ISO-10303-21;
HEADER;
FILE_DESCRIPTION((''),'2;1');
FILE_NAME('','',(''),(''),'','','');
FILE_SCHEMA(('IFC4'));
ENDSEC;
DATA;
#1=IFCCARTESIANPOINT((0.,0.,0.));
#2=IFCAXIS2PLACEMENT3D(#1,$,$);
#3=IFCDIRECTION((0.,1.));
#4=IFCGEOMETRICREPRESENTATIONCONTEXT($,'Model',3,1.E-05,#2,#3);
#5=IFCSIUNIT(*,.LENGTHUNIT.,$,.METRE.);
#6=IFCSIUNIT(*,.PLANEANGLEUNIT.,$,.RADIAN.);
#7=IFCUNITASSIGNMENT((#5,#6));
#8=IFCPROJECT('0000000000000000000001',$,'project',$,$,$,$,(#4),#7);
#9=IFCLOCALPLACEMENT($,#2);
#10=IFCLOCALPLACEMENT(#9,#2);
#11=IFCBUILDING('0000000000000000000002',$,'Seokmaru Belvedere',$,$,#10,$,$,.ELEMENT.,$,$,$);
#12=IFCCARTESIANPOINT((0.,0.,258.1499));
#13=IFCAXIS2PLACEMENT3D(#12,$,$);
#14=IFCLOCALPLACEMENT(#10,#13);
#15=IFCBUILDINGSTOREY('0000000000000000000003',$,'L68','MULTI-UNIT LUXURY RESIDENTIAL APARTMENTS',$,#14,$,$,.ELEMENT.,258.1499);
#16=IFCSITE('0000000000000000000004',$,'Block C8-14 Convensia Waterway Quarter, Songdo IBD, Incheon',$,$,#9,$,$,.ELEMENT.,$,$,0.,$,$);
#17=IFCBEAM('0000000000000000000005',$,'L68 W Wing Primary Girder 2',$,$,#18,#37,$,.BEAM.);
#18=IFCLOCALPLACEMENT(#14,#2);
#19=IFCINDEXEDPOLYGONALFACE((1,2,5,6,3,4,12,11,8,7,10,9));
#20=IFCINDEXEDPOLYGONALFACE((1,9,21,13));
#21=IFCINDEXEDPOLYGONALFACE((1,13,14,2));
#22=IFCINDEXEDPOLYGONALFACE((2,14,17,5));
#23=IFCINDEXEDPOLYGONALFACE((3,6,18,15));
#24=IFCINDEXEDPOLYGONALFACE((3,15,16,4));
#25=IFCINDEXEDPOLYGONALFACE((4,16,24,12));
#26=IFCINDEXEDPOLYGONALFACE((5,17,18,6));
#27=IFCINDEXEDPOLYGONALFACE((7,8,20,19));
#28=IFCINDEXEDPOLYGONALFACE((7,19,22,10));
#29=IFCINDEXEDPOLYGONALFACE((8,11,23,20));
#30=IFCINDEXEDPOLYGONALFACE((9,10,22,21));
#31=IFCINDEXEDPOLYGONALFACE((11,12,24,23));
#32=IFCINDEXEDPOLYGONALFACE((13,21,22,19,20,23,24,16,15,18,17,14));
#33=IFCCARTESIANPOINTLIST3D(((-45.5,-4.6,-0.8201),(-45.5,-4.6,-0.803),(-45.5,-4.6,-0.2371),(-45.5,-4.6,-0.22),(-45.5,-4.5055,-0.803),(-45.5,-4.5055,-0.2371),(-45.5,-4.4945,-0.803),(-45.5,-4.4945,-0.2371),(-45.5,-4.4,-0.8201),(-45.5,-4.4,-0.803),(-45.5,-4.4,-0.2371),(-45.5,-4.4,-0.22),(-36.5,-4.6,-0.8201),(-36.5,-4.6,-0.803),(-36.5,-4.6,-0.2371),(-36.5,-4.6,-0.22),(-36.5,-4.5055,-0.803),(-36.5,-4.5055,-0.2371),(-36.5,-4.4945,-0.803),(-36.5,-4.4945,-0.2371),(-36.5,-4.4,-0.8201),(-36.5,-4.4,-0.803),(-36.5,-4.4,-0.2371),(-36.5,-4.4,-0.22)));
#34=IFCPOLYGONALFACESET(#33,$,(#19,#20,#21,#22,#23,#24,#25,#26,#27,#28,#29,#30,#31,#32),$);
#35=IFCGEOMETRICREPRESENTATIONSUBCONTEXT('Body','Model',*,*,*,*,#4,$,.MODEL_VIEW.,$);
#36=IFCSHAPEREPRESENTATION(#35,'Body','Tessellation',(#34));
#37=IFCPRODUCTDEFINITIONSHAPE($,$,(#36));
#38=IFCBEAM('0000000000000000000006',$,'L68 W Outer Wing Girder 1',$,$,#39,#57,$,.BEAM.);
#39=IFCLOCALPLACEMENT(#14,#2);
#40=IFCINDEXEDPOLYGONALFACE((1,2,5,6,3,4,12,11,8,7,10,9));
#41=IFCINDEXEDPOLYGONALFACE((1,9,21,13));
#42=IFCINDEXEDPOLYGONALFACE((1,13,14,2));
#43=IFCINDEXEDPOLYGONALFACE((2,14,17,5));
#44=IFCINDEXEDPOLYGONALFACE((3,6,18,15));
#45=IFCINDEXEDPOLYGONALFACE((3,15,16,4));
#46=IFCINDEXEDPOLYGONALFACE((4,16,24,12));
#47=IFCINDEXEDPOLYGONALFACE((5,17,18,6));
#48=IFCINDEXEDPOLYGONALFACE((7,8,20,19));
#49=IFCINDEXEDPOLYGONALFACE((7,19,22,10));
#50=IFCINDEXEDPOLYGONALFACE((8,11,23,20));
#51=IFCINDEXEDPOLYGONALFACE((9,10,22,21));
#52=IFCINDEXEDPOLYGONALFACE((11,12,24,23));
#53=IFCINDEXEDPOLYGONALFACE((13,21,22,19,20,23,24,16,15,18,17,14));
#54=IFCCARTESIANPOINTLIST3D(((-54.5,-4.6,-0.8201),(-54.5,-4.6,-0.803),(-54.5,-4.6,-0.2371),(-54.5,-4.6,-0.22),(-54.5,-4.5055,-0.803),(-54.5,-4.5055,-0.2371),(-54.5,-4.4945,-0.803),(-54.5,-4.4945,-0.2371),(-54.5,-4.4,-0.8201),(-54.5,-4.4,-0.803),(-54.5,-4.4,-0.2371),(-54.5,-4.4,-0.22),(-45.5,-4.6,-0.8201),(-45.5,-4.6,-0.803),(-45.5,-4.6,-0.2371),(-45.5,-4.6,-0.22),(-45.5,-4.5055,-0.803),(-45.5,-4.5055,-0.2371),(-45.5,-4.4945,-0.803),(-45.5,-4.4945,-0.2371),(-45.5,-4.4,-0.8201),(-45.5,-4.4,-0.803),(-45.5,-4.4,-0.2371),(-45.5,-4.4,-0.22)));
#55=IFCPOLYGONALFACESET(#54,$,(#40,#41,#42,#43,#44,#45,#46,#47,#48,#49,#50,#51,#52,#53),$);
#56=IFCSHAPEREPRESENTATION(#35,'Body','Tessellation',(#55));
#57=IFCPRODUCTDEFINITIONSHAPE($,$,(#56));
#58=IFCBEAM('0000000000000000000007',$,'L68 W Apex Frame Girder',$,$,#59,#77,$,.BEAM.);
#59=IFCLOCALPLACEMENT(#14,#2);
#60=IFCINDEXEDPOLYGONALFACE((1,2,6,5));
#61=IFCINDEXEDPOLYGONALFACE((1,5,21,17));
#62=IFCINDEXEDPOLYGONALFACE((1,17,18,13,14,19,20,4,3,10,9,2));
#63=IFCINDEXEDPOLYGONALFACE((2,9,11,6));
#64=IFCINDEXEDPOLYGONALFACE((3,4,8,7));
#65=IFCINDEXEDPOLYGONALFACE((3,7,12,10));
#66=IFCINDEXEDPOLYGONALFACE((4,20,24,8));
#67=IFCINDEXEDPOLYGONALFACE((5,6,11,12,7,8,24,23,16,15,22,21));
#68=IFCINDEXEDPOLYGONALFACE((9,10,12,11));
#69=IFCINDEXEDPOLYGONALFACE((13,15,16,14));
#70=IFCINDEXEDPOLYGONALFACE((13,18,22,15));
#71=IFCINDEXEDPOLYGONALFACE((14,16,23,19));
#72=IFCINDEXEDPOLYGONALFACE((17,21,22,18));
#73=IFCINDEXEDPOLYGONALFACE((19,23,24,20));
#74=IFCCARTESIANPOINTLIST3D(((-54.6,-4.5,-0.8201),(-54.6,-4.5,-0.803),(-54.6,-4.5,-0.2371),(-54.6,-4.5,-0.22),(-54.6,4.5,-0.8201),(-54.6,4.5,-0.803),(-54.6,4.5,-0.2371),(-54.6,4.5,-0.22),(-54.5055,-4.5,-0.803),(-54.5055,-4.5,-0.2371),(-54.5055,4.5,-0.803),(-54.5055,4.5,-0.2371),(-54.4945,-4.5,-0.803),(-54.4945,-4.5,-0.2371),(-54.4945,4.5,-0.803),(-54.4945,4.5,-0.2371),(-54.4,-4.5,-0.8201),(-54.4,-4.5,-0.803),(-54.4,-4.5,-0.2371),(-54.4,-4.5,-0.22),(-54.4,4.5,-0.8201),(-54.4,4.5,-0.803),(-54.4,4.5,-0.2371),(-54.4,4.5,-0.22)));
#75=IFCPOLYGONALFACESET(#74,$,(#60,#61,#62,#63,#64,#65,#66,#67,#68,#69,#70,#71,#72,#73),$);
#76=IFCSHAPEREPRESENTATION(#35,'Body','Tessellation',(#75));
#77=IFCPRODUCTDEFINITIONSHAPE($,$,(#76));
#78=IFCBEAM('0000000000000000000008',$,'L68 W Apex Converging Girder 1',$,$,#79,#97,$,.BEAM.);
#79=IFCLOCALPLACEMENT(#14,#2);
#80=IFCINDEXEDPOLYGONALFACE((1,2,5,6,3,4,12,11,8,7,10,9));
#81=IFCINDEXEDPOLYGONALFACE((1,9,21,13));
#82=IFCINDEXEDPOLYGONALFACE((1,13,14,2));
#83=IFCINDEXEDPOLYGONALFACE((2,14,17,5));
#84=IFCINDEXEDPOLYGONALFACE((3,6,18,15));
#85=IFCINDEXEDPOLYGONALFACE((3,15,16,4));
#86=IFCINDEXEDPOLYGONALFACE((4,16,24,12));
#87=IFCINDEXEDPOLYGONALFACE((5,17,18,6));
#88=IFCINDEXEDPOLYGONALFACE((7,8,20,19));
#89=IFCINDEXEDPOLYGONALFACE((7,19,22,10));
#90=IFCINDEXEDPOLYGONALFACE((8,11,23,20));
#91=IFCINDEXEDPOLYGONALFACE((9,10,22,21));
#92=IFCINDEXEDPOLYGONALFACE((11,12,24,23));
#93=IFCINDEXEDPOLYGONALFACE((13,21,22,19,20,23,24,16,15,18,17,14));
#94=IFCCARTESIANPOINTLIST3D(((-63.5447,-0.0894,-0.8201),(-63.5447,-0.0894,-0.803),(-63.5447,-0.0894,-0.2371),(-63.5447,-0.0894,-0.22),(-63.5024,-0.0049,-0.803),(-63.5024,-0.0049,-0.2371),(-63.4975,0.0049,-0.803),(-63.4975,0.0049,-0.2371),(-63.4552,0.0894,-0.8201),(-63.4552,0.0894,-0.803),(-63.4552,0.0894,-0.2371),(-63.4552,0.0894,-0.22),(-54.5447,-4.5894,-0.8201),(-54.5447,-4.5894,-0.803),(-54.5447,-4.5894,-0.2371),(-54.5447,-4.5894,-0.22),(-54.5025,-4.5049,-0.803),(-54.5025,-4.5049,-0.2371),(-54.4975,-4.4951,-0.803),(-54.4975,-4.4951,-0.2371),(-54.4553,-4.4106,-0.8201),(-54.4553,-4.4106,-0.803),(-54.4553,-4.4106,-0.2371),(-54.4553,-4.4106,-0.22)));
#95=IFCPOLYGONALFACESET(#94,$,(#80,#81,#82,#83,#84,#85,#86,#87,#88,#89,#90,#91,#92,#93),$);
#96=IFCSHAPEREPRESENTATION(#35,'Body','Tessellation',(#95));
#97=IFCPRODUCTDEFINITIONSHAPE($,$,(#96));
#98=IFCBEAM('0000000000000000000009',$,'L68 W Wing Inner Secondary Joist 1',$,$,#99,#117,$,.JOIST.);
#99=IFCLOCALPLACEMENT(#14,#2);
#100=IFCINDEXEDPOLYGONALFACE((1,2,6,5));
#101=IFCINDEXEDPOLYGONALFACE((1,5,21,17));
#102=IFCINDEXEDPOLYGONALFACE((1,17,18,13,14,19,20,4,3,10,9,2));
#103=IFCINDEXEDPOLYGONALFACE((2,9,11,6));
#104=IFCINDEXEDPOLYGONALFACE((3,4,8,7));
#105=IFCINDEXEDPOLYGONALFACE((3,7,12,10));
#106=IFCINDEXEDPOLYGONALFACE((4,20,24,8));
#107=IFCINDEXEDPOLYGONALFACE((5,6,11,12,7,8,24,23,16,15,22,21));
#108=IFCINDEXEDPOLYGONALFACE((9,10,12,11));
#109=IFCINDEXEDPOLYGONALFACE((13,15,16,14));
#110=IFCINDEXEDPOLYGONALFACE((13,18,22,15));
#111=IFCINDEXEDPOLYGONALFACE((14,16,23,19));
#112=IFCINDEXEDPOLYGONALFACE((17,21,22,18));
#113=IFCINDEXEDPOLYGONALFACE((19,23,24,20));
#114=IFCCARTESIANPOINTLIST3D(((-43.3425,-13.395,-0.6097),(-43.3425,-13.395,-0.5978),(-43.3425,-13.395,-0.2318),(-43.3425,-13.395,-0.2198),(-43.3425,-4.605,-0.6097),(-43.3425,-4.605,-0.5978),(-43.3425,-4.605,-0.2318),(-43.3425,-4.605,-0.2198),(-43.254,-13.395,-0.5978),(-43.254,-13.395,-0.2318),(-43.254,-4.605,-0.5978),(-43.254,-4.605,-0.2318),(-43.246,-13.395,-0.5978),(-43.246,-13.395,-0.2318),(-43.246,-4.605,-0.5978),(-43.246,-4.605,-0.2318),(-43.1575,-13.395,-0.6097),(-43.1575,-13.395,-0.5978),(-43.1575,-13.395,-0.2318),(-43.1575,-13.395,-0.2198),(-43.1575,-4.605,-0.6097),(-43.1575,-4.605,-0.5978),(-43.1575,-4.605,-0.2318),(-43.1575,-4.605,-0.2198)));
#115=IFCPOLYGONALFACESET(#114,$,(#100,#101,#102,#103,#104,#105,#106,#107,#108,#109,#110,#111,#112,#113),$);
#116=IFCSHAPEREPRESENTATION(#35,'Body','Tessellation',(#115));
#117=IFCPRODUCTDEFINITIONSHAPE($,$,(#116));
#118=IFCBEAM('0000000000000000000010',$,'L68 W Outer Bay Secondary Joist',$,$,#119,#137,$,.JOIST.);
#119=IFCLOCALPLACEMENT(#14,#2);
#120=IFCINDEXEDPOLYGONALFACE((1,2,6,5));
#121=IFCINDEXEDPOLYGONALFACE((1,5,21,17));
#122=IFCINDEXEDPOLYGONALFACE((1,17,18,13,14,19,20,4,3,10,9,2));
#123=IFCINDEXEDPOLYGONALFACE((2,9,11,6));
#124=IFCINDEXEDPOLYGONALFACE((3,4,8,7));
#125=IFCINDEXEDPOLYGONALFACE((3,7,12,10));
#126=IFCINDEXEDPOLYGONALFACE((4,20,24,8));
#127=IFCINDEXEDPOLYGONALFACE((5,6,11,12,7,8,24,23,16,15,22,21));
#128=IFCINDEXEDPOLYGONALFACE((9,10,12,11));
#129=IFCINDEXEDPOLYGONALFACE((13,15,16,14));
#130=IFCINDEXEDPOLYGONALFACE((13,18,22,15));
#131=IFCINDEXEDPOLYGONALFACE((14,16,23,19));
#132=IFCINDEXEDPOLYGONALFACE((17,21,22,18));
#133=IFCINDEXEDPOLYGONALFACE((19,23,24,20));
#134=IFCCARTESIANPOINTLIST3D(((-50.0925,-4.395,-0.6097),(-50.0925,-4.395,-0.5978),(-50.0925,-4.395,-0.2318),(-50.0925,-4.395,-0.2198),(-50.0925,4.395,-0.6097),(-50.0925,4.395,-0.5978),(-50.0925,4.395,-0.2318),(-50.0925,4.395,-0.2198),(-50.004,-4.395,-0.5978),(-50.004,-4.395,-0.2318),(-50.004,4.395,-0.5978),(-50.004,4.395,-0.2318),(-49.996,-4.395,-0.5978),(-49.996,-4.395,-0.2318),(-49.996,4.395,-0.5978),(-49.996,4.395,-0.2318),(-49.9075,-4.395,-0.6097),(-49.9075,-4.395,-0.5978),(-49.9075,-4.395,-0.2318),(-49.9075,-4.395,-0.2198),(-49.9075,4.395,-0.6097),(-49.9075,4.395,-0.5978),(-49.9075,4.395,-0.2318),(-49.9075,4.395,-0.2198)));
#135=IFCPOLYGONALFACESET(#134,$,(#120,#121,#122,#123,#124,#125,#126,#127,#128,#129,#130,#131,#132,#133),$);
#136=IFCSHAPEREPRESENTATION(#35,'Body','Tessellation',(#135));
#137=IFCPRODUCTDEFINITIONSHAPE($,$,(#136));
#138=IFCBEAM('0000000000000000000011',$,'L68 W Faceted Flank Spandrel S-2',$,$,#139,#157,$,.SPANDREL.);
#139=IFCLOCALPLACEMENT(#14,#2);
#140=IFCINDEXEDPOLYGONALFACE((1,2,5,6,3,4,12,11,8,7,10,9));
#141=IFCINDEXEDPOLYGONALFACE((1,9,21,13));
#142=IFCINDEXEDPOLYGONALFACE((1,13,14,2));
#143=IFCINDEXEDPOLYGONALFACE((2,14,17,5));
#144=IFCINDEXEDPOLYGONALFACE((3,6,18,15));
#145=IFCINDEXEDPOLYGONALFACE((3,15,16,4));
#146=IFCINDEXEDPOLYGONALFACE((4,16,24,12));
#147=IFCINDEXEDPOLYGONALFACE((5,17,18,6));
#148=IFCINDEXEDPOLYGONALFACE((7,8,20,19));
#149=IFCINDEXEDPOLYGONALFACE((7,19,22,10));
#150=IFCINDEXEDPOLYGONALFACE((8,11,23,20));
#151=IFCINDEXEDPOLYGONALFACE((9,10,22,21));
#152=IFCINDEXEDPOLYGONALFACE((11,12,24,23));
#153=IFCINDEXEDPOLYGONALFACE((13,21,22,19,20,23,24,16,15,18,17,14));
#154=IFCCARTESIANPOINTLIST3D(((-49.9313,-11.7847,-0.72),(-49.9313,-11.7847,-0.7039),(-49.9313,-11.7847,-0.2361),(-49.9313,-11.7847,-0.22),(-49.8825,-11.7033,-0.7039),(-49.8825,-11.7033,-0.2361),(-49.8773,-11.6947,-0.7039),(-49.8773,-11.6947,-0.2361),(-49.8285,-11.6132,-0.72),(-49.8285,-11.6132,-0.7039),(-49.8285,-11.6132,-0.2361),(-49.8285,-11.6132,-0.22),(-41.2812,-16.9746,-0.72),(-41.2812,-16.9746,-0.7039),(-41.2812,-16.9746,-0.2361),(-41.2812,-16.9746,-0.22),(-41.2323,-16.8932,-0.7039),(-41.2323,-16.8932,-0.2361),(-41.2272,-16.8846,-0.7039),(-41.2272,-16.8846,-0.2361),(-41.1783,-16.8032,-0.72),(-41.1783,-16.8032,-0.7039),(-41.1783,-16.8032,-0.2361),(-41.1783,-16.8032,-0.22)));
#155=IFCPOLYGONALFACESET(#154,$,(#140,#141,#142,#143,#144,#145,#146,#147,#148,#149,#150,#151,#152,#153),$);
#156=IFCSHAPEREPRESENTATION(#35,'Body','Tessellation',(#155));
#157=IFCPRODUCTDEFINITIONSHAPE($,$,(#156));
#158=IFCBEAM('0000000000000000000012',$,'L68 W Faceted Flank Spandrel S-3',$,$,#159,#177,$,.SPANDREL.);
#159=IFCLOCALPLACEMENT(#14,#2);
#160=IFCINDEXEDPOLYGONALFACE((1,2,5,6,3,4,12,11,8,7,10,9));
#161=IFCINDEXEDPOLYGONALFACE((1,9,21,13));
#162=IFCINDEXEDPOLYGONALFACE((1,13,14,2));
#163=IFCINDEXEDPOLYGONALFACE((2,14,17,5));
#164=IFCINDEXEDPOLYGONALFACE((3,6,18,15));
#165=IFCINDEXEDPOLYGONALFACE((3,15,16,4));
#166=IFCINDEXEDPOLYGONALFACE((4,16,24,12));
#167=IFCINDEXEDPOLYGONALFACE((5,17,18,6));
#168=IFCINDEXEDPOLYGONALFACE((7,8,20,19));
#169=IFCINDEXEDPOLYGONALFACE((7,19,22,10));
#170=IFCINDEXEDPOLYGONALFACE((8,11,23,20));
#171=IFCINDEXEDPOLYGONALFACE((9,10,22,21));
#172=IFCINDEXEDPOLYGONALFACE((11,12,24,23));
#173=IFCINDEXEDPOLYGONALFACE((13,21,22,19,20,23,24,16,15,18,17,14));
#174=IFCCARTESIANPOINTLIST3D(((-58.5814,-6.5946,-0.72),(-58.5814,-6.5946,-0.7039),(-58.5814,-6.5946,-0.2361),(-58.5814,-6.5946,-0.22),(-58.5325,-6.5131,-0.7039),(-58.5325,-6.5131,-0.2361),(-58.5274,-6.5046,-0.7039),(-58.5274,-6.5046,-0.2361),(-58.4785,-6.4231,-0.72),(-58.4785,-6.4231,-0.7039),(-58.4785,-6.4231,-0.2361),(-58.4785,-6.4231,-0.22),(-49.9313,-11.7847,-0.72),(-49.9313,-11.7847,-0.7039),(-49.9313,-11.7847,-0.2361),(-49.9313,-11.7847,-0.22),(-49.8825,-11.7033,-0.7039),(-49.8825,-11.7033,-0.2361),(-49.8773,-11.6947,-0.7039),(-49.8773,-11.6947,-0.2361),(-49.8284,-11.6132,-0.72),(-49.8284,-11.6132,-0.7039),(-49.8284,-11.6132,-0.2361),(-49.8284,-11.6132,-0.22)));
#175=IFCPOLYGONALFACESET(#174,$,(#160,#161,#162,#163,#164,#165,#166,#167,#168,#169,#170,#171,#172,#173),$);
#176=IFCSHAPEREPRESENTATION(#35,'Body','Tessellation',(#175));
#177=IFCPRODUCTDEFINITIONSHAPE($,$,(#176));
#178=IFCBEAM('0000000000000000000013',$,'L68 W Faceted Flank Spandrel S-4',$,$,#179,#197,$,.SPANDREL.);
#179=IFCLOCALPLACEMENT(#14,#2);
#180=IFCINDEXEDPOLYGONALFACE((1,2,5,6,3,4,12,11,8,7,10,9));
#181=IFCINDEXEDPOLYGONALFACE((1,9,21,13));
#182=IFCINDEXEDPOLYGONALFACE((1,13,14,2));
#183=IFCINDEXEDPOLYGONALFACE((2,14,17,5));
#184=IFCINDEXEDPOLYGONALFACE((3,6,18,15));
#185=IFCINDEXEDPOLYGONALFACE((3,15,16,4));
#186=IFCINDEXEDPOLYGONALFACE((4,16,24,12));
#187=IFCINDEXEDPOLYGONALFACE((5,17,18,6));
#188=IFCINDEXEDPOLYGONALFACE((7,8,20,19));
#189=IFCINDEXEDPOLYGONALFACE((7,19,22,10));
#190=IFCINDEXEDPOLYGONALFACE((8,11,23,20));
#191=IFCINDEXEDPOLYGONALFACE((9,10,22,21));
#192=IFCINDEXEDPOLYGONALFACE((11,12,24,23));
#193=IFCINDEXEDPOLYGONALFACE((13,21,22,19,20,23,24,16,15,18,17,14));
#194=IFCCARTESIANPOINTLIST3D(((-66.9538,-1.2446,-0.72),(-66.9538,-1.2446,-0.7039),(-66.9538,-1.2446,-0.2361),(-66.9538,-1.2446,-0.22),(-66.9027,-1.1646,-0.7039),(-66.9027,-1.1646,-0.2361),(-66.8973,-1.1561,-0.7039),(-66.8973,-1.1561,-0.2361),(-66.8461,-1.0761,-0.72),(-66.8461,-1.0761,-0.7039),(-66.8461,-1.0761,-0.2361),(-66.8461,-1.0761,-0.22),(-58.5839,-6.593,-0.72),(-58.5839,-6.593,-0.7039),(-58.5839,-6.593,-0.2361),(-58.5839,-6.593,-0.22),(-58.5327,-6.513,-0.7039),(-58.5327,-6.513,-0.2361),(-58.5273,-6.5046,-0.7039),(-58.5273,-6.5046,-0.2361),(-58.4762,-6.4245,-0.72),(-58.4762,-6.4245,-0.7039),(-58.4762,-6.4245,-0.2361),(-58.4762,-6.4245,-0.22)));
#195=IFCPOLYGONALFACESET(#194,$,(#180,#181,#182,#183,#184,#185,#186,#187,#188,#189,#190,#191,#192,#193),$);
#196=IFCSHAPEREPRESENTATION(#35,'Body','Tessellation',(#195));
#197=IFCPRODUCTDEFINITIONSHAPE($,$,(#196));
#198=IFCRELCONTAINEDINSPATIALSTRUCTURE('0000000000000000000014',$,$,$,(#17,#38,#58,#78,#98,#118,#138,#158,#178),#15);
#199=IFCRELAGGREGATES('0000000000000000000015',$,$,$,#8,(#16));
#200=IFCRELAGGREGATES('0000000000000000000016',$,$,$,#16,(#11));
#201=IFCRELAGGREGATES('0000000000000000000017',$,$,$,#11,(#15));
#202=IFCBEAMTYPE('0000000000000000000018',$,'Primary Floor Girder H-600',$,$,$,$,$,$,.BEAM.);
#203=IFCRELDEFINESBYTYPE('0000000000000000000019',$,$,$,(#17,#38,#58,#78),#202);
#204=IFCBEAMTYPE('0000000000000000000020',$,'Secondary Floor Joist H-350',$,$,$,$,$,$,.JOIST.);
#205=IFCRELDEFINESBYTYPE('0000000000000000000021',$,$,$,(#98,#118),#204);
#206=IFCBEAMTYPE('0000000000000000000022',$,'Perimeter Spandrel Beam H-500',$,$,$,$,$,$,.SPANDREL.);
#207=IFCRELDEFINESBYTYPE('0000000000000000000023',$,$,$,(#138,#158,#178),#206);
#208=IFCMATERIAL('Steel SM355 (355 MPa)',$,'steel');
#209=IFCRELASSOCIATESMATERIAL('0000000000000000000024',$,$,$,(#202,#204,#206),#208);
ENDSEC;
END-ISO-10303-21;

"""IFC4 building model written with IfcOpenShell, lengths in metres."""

from ifc_helpers import new_model, si_unit, direction, frame, origin, origin_2d, place, context, subcontext, project, spatial, i_section, extrude, source, transform, mapped, material, material_profile, profile_set, type_object, type_shapes, element, save


model = new_model("IFC4")

# Units and contexts
model_context = context("Model", 3, precision=1e-05, world=origin(), true_north=direction((0.0, 1.0)))
body_context = subcontext(model_context, "Body", "Model", "MODEL_VIEW")
ifc_project = project(units=[si_unit("LENGTHUNIT", "METRE"), si_unit("PLANEANGLEUNIT", "RADIAN")], contexts=[model_context])

# Site, building, storey
site_placement = place(None, origin())
site = spatial("IfcSite", under=ifc_project, at=site_placement, Name="Block C8-14 Convensia Waterway Quarter, Songdo IBD, Incheon", CompositionType="ELEMENT", RefElevation=0.0)
building_placement = place(site_placement, origin())
building = spatial("IfcBuilding", under=site, at=building_placement, Name="Seokmaru Belvedere", CompositionType="ELEMENT")
storey_placement = place(building_placement, frame((0.0, 0.0, 258.1499)))
storey = spatial("IfcBuildingStorey", under=building, at=storey_placement, Name="L68", Description="MULTI-UNIT LUXURY RESIDENTIAL APARTMENTS", CompositionType="ELEMENT", Elevation=258.1499)

# Shared definitions
ifc_material_1 = material(Name="Steel SM355 (355 MPa)", Category="steel")

# Beams
ifc_material_profile_1 = material_profile(ifc_material_1, i_section(OverallWidth=0.2, OverallDepth=0.6001, WebThickness=0.011, FlangeThickness=0.0171, at=origin_2d()), Name="H-600x200x11x17")
ifc_profile_set_1 = profile_set([ifc_material_profile_1], Name="Steel SM355 (355 MPa)")
beam_type_1 = type_object("IfcBeamType", Name="Primary Floor Girder H-600", PredefinedType="BEAM", material=ifc_profile_set_1)
shared_shape_1 = source(origin(), body_context, "Body", "SweptSolid", [
    extrude(i_section(OverallWidth=0.2, OverallDepth=0.6001, WebThickness=0.011, FlangeThickness=0.0171, at=origin_2d()), origin(), (0.0, 0.0, 1.0), 9.0),
])
for number, where, z_axis, x_axis, name in (
    (1, (-45.5, -4.5, -0.52), (1.0, 0.0, 0.0), (0.0, 1.0, 0.0), "L68 W Wing Primary Girder 2"),
    (2, (-54.5, -4.5, -0.52), (1.0, 0.0, 0.0), (0.0, 1.0, 0.0), "L68 W Outer Wing Girder 1"),
    (3, (-54.5, -4.5, -0.52), (0.0, 1.0, 0.0), (-1.0, 0.0, 0.0), "L68 W Apex Frame Girder"),
):
    element("IfcBeam", number, at=place(storey_placement, frame(where, z_axis=z_axis, x_axis=x_axis)), inside=storey, type_object=beam_type_1, Name=name, PredefinedType="BEAM", context=body_context, shape_type="MappedRepresentation", body=[
        mapped(shared_shape_1, transform((0.0, 0.0, 0.0), scale=1.0)),
    ])
shared_shape_2 = source(origin(), body_context, "Body", "SweptSolid", [
    extrude(i_section(OverallWidth=0.2, OverallDepth=0.6001, WebThickness=0.011, FlangeThickness=0.0171, at=origin_2d()), origin(), (0.0, 0.0, 1.0), 10.0623),
])
beam_1_placement = place(storey_placement, frame((-54.5, -4.5, -0.52), z_axis=(-0.894427, 0.447214, 0.0), x_axis=(-0.447214, -0.894427, 0.0)))
element("IfcBeam", 4, at=beam_1_placement, inside=storey, type_object=beam_type_1, Name="L68 W Apex Converging Girder 1", PredefinedType="BEAM", context=body_context, shape_type="MappedRepresentation", body=[
    mapped(shared_shape_2, transform((0.0, 0.0, 0.0), scale=1.0)),
])
ifc_material_profile_2 = material_profile(ifc_material_1, i_section(OverallWidth=0.1851, OverallDepth=0.3899, WebThickness=0.0081, FlangeThickness=0.012, at=origin_2d()), Name="H-390x185x8x12")
ifc_profile_set_2 = profile_set([ifc_material_profile_2], Name="Steel SM355 (355 MPa)")
beam_type_2 = type_object("IfcBeamType", Name="Secondary Floor Joist H-350", PredefinedType="JOIST", material=ifc_profile_set_2)
shared_shape_3 = source(origin(), body_context, "Body", "SweptSolid", [
    extrude(i_section(OverallWidth=0.1851, OverallDepth=0.3899, WebThickness=0.0081, FlangeThickness=0.012, at=origin_2d()), origin(), (0.0, 0.0, 1.0), 8.79),
])
type_shapes(beam_type_2, [shared_shape_3])
for number, where, z_axis, x_axis, name in (
    (5, (-43.25, -13.395, -0.4148), (0.0, 1.0, 0.0), (-1.0, 0.0, 0.0), "L68 W Wing Inner Secondary Joist 1"),
    (6, (-50.0, -4.395, -0.4148), (0.0, 1.0, 0.0), (-1.0, 0.0, 0.0), "L68 W Outer Bay Secondary Joist"),
):
    element("IfcBeam", number, at=place(storey_placement, frame(where, z_axis=z_axis, x_axis=x_axis)), inside=storey, type_object=beam_type_2, Name=name, PredefinedType="JOIST", context=body_context, shape_type="MappedRepresentation", body=[
        mapped(shared_shape_3, transform((0.0, 0.0, 0.0), scale=1.0)),
    ])
ifc_material_profile_3 = material_profile(ifc_material_1, i_section(OverallWidth=0.2, OverallDepth=0.5, WebThickness=0.01, FlangeThickness=0.0161, at=origin_2d()), Name="H-500x200x10x16")
ifc_profile_set_3 = profile_set([ifc_material_profile_3], Name="Steel SM355 (355 MPa)")
beam_type_3 = type_object("IfcBeamType", Name="Perimeter Spandrel Beam H-500", PredefinedType="SPANDREL", material=ifc_profile_set_3)
shared_shape_4 = source(origin(), body_context, "Body", "SweptSolid", [
    extrude(i_section(OverallWidth=0.2, OverallDepth=0.5, WebThickness=0.01, FlangeThickness=0.0161, at=origin_2d()), origin(), (0.0, 0.0, 1.0), 10.0876),
])
for number, where, z_axis, x_axis, name in (
    (7, (-41.2297, -16.8889, -0.47), (-0.857499, 0.514485, 0.0), (-0.514485, -0.857499, 0.0), "L68 W Faceted Flank Spandrel S-2"),
    (8, (-49.8799, -11.699, -0.47), (-0.857489, 0.514503, 0.0), (-0.514503, -0.857489, 0.0), "L68 W Faceted Flank Spandrel S-3"),
):
    element("IfcBeam", number, at=place(storey_placement, frame(where, z_axis=z_axis, x_axis=x_axis)), inside=storey, type_object=beam_type_3, Name=name, PredefinedType="SPANDREL", context=body_context, shape_type="MappedRepresentation", body=[
        mapped(shared_shape_4, transform((0.0, 0.0, 0.0), scale=1.0)),
    ])
shared_shape_5 = source(origin(), body_context, "Body", "SweptSolid", [
    extrude(i_section(OverallWidth=0.2, OverallDepth=0.5, WebThickness=0.01, FlangeThickness=0.0161, at=origin_2d()), origin(), (0.0, 0.0, 1.0), 9.9329),
])
beam_2_placement = place(storey_placement, frame((-58.53, -6.5088, -0.47), z_axis=(-0.842652, 0.538459, 0.0), x_axis=(-0.538459, -0.842652, 0.0)))
element("IfcBeam", 9, at=beam_2_placement, inside=storey, type_object=beam_type_3, Name="L68 W Faceted Flank Spandrel S-4", PredefinedType="SPANDREL", context=body_context, shape_type="MappedRepresentation", body=[
    mapped(shared_shape_5, transform((0.0, 0.0, 0.0), scale=1.0)),
])

save(model, "model.ifc")
